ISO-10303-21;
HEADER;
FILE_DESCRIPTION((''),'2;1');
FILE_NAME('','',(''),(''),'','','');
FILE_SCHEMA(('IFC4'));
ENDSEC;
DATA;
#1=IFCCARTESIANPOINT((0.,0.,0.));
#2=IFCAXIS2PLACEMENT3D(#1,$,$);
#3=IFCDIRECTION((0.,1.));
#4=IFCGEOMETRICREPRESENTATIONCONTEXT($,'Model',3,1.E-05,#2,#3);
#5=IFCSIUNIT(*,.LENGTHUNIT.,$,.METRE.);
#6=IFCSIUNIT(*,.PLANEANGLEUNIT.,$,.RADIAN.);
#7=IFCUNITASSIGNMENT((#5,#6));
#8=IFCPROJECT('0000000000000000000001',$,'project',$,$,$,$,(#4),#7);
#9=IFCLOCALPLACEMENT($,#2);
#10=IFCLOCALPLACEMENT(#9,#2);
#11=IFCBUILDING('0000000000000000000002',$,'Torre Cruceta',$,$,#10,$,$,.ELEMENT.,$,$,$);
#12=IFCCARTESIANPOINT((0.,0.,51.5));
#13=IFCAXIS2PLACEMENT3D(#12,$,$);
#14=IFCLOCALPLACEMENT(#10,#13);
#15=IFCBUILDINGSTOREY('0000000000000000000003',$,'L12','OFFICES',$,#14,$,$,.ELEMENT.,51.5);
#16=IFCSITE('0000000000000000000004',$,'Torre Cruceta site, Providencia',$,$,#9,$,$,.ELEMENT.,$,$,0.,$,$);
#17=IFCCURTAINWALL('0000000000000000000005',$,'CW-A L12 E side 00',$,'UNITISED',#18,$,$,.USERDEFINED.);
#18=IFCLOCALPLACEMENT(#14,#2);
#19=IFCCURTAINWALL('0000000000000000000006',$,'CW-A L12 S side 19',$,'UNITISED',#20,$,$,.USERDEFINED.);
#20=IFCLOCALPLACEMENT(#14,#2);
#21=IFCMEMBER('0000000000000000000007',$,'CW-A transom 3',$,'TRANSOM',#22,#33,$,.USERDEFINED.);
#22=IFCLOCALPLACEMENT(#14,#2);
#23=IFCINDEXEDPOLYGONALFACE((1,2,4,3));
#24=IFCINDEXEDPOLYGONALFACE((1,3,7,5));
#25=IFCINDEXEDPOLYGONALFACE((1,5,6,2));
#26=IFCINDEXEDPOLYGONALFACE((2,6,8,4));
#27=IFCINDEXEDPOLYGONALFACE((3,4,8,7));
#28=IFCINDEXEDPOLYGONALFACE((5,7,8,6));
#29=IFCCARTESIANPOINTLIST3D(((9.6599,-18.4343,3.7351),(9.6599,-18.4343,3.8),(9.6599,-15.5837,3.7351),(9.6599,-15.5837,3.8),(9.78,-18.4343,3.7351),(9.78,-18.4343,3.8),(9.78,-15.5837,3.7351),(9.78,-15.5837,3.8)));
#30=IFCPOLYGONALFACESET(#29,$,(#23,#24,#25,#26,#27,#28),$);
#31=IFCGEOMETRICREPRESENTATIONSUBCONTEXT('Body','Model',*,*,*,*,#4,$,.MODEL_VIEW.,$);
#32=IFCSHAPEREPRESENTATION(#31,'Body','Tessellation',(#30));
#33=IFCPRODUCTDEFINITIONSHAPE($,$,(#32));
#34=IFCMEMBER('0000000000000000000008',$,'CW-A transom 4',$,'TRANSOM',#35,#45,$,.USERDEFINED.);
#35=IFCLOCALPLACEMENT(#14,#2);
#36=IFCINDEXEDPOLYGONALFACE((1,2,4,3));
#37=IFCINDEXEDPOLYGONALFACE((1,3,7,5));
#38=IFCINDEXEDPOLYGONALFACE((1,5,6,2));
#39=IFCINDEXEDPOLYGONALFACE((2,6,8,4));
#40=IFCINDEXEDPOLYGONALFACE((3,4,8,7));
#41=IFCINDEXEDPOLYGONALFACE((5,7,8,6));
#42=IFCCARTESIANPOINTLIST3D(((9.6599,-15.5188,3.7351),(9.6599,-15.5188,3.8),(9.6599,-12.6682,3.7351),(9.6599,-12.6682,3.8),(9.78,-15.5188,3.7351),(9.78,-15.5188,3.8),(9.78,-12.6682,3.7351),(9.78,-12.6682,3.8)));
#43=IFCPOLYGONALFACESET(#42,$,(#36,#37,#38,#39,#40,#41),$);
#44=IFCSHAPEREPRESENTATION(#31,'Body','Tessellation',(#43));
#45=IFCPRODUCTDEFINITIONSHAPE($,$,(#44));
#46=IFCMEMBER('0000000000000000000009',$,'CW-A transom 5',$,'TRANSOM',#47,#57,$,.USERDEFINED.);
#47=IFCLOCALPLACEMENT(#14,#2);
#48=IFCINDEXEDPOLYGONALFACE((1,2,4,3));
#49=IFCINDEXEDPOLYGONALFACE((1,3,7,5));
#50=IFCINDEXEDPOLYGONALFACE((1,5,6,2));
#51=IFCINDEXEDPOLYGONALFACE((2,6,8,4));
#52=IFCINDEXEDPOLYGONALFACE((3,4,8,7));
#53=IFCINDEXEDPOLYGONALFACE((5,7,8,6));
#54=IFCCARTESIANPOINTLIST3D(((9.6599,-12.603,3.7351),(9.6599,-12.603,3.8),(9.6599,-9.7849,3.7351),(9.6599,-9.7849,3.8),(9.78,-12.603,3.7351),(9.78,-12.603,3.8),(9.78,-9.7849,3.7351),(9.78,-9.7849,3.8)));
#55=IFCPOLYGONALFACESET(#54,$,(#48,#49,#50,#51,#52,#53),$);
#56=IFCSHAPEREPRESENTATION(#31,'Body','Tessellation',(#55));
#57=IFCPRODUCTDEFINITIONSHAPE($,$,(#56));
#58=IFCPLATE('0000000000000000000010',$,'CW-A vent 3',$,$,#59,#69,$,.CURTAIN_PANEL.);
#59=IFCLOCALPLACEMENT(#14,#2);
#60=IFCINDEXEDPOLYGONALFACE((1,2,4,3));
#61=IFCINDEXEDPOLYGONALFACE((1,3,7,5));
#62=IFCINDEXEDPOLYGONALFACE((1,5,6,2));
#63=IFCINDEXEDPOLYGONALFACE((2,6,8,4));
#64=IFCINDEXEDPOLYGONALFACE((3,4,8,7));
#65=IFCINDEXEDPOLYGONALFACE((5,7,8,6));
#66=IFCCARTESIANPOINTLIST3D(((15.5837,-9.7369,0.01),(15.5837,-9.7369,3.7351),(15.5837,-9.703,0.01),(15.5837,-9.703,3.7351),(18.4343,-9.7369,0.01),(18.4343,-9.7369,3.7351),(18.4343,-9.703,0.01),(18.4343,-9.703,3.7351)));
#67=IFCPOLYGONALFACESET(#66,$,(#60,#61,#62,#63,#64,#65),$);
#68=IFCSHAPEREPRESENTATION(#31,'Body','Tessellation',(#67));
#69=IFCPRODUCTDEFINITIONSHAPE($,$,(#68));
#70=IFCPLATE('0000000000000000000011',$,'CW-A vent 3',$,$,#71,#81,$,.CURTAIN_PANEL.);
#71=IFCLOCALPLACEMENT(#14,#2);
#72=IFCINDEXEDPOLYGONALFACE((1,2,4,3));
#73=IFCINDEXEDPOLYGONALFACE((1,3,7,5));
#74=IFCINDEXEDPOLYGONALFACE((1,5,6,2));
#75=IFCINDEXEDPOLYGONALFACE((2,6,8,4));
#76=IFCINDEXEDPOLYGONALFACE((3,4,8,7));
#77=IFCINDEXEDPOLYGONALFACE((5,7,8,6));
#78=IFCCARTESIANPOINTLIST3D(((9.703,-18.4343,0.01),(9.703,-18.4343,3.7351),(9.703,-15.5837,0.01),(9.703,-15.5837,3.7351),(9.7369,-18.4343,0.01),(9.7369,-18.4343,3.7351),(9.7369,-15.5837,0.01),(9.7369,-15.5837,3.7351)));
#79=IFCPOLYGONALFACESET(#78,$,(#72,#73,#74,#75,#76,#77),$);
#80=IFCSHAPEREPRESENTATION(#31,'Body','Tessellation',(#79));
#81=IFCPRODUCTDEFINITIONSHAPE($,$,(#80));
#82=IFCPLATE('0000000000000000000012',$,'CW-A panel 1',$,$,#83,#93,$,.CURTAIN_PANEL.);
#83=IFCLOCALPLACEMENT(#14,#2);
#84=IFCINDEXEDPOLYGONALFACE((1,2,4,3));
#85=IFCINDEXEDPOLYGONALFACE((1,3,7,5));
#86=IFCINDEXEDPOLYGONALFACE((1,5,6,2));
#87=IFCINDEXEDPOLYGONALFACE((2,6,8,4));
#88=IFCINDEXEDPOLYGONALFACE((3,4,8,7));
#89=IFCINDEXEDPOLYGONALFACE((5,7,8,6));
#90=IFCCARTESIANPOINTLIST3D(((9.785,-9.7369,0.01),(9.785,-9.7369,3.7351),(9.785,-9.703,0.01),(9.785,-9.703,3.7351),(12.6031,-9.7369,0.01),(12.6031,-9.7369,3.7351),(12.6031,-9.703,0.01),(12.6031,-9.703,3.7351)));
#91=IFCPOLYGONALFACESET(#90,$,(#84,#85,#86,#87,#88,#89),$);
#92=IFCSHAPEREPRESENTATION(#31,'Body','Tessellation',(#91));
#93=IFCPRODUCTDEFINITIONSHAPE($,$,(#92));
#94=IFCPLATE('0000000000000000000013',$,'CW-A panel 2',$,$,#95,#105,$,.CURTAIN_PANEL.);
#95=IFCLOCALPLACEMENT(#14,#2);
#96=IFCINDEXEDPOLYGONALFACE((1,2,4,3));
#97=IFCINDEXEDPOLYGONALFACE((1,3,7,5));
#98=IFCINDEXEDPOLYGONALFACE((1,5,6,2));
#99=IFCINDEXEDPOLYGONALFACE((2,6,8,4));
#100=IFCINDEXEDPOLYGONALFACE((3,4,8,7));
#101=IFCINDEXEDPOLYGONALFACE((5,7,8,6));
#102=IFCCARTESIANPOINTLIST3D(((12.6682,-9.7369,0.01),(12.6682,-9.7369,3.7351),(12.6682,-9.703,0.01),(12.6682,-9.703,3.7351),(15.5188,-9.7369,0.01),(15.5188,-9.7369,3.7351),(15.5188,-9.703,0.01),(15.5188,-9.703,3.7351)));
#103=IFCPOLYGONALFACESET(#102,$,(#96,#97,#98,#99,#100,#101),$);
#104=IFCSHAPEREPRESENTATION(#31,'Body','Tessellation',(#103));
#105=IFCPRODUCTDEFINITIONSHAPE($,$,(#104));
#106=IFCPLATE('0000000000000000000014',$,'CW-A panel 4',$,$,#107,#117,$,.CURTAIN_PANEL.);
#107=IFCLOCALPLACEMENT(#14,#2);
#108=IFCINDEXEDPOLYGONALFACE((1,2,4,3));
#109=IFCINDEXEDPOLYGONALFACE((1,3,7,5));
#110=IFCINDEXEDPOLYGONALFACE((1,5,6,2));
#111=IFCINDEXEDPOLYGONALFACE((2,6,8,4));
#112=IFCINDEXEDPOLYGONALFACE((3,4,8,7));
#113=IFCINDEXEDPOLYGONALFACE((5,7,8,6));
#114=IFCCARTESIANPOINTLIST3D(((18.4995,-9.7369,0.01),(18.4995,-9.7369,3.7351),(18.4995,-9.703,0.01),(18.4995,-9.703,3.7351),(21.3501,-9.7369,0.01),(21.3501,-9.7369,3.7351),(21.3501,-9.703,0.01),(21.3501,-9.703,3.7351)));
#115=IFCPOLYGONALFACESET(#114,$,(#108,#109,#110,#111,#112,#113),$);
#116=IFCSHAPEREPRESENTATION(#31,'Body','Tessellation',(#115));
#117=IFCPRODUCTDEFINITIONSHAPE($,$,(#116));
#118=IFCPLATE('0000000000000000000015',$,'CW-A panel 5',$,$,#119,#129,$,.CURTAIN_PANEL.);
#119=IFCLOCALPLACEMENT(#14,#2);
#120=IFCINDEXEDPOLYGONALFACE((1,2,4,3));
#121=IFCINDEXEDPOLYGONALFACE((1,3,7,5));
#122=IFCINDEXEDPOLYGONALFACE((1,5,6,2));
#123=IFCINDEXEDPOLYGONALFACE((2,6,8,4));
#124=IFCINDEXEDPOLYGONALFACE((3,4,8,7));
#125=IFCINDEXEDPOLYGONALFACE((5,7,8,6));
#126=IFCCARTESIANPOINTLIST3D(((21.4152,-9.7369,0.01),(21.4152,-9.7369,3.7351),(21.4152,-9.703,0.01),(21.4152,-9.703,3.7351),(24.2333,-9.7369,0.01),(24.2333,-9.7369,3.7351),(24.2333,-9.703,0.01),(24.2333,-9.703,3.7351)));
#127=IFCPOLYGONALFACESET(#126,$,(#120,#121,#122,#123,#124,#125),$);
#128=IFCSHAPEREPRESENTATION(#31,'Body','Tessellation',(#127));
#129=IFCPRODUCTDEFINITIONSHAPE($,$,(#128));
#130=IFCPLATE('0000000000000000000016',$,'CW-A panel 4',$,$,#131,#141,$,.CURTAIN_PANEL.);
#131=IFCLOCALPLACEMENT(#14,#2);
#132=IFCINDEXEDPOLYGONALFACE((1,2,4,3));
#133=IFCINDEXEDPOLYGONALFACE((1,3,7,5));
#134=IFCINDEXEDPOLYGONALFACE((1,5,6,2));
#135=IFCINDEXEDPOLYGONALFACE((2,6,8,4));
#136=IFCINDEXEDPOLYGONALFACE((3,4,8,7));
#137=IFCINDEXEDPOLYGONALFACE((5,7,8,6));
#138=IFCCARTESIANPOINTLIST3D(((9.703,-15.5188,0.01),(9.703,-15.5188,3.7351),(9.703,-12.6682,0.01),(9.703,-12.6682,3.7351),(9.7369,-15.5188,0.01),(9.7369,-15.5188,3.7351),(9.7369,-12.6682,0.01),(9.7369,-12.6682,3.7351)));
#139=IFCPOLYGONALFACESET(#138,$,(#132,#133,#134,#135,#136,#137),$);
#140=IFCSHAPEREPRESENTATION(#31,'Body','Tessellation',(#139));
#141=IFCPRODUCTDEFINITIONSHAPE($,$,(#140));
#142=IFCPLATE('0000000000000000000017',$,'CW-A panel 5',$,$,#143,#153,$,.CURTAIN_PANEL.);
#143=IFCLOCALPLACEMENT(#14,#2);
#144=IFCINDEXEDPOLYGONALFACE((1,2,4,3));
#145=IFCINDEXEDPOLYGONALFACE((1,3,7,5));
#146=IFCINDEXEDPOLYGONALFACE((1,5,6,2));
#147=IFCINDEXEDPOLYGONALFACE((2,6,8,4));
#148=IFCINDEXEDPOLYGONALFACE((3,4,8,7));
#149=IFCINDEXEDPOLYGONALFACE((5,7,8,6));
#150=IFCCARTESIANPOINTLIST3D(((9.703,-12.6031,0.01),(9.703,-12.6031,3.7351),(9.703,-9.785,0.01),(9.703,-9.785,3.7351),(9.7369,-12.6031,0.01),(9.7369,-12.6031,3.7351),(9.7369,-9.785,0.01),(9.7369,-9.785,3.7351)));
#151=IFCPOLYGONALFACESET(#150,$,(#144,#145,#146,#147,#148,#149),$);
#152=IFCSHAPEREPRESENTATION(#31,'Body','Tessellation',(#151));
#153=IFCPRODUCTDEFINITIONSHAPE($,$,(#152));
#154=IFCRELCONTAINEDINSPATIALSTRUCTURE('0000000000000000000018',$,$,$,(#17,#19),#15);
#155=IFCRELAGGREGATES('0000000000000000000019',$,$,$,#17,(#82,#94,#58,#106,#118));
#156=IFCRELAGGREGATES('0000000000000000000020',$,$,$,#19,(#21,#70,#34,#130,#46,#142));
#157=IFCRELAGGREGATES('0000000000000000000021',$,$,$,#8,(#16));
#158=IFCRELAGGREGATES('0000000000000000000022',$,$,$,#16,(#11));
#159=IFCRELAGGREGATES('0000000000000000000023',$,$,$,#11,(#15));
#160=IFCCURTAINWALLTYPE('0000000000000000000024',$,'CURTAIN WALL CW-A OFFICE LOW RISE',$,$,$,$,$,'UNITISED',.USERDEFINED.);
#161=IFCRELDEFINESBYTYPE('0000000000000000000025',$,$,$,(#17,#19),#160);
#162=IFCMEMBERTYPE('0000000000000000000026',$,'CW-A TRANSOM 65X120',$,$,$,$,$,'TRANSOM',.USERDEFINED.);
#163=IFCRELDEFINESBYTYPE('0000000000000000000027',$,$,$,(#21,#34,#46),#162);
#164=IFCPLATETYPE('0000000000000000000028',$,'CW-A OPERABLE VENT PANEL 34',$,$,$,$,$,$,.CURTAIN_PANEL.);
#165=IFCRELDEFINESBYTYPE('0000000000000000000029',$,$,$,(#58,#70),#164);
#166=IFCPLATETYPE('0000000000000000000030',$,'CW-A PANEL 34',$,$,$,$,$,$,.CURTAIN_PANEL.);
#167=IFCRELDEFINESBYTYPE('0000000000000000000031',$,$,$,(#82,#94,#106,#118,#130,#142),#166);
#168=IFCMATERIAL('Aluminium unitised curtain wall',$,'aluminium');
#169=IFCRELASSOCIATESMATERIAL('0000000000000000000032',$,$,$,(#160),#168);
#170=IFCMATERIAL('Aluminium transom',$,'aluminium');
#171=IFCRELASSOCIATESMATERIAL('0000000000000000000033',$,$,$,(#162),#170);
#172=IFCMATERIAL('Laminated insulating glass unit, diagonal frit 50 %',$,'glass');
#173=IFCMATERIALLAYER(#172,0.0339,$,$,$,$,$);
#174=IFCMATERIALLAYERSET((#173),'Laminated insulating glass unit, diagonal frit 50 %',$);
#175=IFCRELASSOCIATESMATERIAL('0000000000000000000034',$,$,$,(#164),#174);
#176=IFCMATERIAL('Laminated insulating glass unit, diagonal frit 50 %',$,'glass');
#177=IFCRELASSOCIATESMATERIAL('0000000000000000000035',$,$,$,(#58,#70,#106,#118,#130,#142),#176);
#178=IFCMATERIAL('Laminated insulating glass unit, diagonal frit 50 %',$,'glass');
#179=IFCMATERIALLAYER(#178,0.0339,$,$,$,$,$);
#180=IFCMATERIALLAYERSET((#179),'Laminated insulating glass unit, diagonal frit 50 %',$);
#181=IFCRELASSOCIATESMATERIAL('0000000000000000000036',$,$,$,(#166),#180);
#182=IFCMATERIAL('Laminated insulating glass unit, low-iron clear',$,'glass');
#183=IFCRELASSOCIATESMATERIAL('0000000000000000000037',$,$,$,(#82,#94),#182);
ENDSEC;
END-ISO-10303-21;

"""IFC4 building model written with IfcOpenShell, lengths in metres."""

from ifc_helpers import new_model, si_unit, direction, frame, origin, origin_2d, place, context, subcontext, project, spatial, rectangle, extrude, material, layer, layer_set, material_profile, profile_set, type_object, element, aggregate, save


model = new_model("IFC4")

# Units and contexts
model_context = context("Model", 3, precision=1e-05, world=origin(), true_north=direction((0.0, 1.0)))
body_context = subcontext(model_context, "Body", "Model", "MODEL_VIEW")
ifc_project = project(units=[si_unit("LENGTHUNIT", "METRE"), si_unit("PLANEANGLEUNIT", "RADIAN")], contexts=[model_context])

# Site, building, storey
site_placement = place(None, origin())
site = spatial("IfcSite", under=ifc_project, at=site_placement, Name="Torre Cruceta site, Providencia", CompositionType="ELEMENT", RefElevation=0.0)
building_placement = place(site_placement, origin())
building = spatial("IfcBuilding", under=site, at=building_placement, Name="Torre Cruceta", CompositionType="ELEMENT")
storey_placement = place(building_placement, frame((0.0, 0.0, 51.5)))
storey = spatial("IfcBuildingStorey", under=building, at=storey_placement, Name="L12", Description="OFFICES", CompositionType="ELEMENT", Elevation=51.5)

# Curtain walls
ifc_material_1 = material(Name="Aluminium unitised curtain wall", Category="aluminium")
curtain_wall_type = type_object("IfcCurtainWallType", Name="CURTAIN WALL CW-A OFFICE LOW RISE", ElementType="UNITISED", PredefinedType="USERDEFINED", material=ifc_material_1)
curtain_wall_1_placement = place(storey_placement, origin())
curtain_wall_1 = element("IfcCurtainWall", 1, at=curtain_wall_1_placement, inside=storey, type_object=curtain_wall_type, Name="CW-A L12 E side 00", ObjectType="UNITISED", PredefinedType="USERDEFINED")
curtain_wall_2_placement = place(storey_placement, origin())
curtain_wall_2 = element("IfcCurtainWall", 2, at=curtain_wall_2_placement, inside=storey, type_object=curtain_wall_type, Name="CW-A L12 S side 19", ObjectType="UNITISED", PredefinedType="USERDEFINED")

# Members
ifc_material_2 = material(Name="Aluminium transom", Category="aluminium")
ifc_material_profile_1 = material_profile(ifc_material_2, rectangle(XDim=0.1201, YDim=0.0649, at=origin_2d()), Name="AL 120X65")
ifc_profile_set_1 = profile_set([ifc_material_profile_1], Name="Aluminium transom")
member_type_1 = type_object("IfcMemberType", Name="CW-A TRANSOM 65X120", ElementType="TRANSOM", PredefinedType="USERDEFINED", material=ifc_profile_set_1)
member_1_placement = place(storey_placement, frame((9.72, -18.4343, 3.7676), z_axis=(0.0, 1.0, 0.0), x_axis=(-1.0, 0.0, 0.0)))
member_1 = element("IfcMember", 3, at=member_1_placement, type_object=member_type_1, Name="CW-A transom 3", ObjectType="TRANSOM", PredefinedType="USERDEFINED", context=body_context, shape_type="SweptSolid", body=[
    extrude(rectangle(XDim=0.1201, YDim=0.0649, at=origin_2d()), origin(), (0.0, 0.0, 1.0), 2.8506),
])
member_2_placement = place(storey_placement, frame((9.72, -15.5188, 3.7676), z_axis=(0.0, 1.0, 0.0), x_axis=(-1.0, 0.0, 0.0)))
member_2 = element("IfcMember", 4, at=member_2_placement, type_object=member_type_1, Name="CW-A transom 4", ObjectType="TRANSOM", PredefinedType="USERDEFINED", context=body_context, shape_type="SweptSolid", body=[
    extrude(rectangle(XDim=0.1201, YDim=0.0649, at=origin_2d()), origin(), (0.0, 0.0, 1.0), 2.8506),
])
member_3_placement = place(storey_placement, frame((9.72, -12.603, 3.7676), z_axis=(0.0, 1.0, 0.0), x_axis=(-1.0, 0.0, 0.0)))
member_3 = element("IfcMember", 5, at=member_3_placement, type_object=member_type_1, Name="CW-A transom 5", ObjectType="TRANSOM", PredefinedType="USERDEFINED", context=body_context, shape_type="SweptSolid", body=[
    extrude(rectangle(XDim=0.1201, YDim=0.0649, at=origin_2d()), origin(), (0.0, 0.0, 1.0), 2.8181),
])

# Plates
ifc_material_3 = material(Name="Laminated insulating glass unit, diagonal frit 50 %", Category="glass")
ifc_material_4 = material(Name="Laminated insulating glass unit, diagonal frit 50 %", Category="glass")
ifc_layer_1 = layer(ifc_material_4, 0.0339)
ifc_layer_set_1 = layer_set([ifc_layer_1], Name="Laminated insulating glass unit, diagonal frit 50 %")
plate_type_1 = type_object("IfcPlateType", Name="CW-A OPERABLE VENT PANEL 34", PredefinedType="CURTAIN_PANEL", material=ifc_layer_set_1)
plate_1_placement = place(storey_placement, frame((17.009, -9.72, 0.01), z_axis=(0.0, 0.0, 1.0), x_axis=(1.0, 0.0, 0.0)))
plate_1 = element("IfcPlate", 6, at=plate_1_placement, type_object=plate_type_1, material=ifc_material_3, Name="CW-A vent 3", PredefinedType="CURTAIN_PANEL", context=body_context, shape_type="SweptSolid", body=[
    extrude(rectangle(XDim=2.8506, YDim=0.0339, at=origin_2d()), origin(), (0.0, 0.0, 1.0), 3.7251),
])
plate_2_placement = place(storey_placement, frame((9.72, -17.009, 0.01), z_axis=(0.0, 0.0, 1.0), x_axis=(0.0, 1.0, 0.0)))
plate_2 = element("IfcPlate", 7, at=plate_2_placement, type_object=plate_type_1, material=ifc_material_3, Name="CW-A vent 3", PredefinedType="CURTAIN_PANEL", context=body_context, shape_type="SweptSolid", body=[
    extrude(rectangle(XDim=2.8506, YDim=0.0339, at=origin_2d()), origin(), (0.0, 0.0, 1.0), 3.7251),
])
ifc_material_5 = material(Name="Laminated insulating glass unit, low-iron clear", Category="glass")
ifc_material_6 = material(Name="Laminated insulating glass unit, diagonal frit 50 %", Category="glass")
ifc_layer_2 = layer(ifc_material_6, 0.0339)
ifc_layer_set_2 = layer_set([ifc_layer_2], Name="Laminated insulating glass unit, diagonal frit 50 %")
plate_type_2 = type_object("IfcPlateType", Name="CW-A PANEL 34", PredefinedType="CURTAIN_PANEL", material=ifc_layer_set_2)
plate_3_placement = place(storey_placement, frame((11.1941, -9.72, 0.01), z_axis=(0.0, 0.0, 1.0), x_axis=(1.0, 0.0, 0.0)))
plate_3 = element("IfcPlate", 8, at=plate_3_placement, type_object=plate_type_2, material=ifc_material_5, Name="CW-A panel 1", PredefinedType="CURTAIN_PANEL", context=body_context, shape_type="SweptSolid", body=[
    extrude(rectangle(XDim=2.8181, YDim=0.0339, at=origin_2d()), origin(), (0.0, 0.0, 1.0), 3.7251),
])
plate_4_placement = place(storey_placement, frame((14.0935, -9.72, 0.01), z_axis=(0.0, 0.0, 1.0), x_axis=(1.0, 0.0, 0.0)))
plate_4 = element("IfcPlate", 9, at=plate_4_placement, type_object=plate_type_2, material=ifc_material_5, Name="CW-A panel 2", PredefinedType="CURTAIN_PANEL", context=body_context, shape_type="SweptSolid", body=[
    extrude(rectangle(XDim=2.8506, YDim=0.0339, at=origin_2d()), origin(), (0.0, 0.0, 1.0), 3.7251),
])
plate_5_placement = place(storey_placement, frame((19.9248, -9.72, 0.01), z_axis=(0.0, 0.0, 1.0), x_axis=(1.0, 0.0, 0.0)))
plate_5 = element("IfcPlate", 10, at=plate_5_placement, type_object=plate_type_2, material=ifc_material_3, Name="CW-A panel 4", PredefinedType="CURTAIN_PANEL", context=body_context, shape_type="SweptSolid", body=[
    extrude(rectangle(XDim=2.8506, YDim=0.0339, at=origin_2d()), origin(), (0.0, 0.0, 1.0), 3.7251),
])
plate_6_placement = place(storey_placement, frame((22.8242, -9.72, 0.01), z_axis=(0.0, 0.0, 1.0), x_axis=(1.0, 0.0, 0.0)))
plate_6 = element("IfcPlate", 11, at=plate_6_placement, type_object=plate_type_2, material=ifc_material_3, Name="CW-A panel 5", PredefinedType="CURTAIN_PANEL", context=body_context, shape_type="SweptSolid", body=[
    extrude(rectangle(XDim=2.8181, YDim=0.0339, at=origin_2d()), origin(), (0.0, 0.0, 1.0), 3.7251),
])
aggregate(curtain_wall_1, [plate_3, plate_4, plate_1, plate_5, plate_6])
plate_7_placement = place(storey_placement, frame((9.72, -14.0935, 0.01), z_axis=(0.0, 0.0, 1.0), x_axis=(0.0, 1.0, 0.0)))
plate_7 = element("IfcPlate", 12, at=plate_7_placement, type_object=plate_type_2, material=ifc_material_3, Name="CW-A panel 4", PredefinedType="CURTAIN_PANEL", context=body_context, shape_type="SweptSolid", body=[
    extrude(rectangle(XDim=2.8506, YDim=0.0339, at=origin_2d()), origin(), (0.0, 0.0, 1.0), 3.7251),
])
plate_8_placement = place(storey_placement, frame((9.72, -11.1941, 0.01), z_axis=(0.0, 0.0, 1.0), x_axis=(0.0, 1.0, 0.0)))
plate_8 = element("IfcPlate", 13, at=plate_8_placement, type_object=plate_type_2, material=ifc_material_3, Name="CW-A panel 5", PredefinedType="CURTAIN_PANEL", context=body_context, shape_type="SweptSolid", body=[
    extrude(rectangle(XDim=2.8181, YDim=0.0339, at=origin_2d()), origin(), (0.0, 0.0, 1.0), 3.7251),
])
aggregate(curtain_wall_2, [member_1, plate_2, member_2, plate_7, member_3, plate_8])

save(model, "model.ifc")
